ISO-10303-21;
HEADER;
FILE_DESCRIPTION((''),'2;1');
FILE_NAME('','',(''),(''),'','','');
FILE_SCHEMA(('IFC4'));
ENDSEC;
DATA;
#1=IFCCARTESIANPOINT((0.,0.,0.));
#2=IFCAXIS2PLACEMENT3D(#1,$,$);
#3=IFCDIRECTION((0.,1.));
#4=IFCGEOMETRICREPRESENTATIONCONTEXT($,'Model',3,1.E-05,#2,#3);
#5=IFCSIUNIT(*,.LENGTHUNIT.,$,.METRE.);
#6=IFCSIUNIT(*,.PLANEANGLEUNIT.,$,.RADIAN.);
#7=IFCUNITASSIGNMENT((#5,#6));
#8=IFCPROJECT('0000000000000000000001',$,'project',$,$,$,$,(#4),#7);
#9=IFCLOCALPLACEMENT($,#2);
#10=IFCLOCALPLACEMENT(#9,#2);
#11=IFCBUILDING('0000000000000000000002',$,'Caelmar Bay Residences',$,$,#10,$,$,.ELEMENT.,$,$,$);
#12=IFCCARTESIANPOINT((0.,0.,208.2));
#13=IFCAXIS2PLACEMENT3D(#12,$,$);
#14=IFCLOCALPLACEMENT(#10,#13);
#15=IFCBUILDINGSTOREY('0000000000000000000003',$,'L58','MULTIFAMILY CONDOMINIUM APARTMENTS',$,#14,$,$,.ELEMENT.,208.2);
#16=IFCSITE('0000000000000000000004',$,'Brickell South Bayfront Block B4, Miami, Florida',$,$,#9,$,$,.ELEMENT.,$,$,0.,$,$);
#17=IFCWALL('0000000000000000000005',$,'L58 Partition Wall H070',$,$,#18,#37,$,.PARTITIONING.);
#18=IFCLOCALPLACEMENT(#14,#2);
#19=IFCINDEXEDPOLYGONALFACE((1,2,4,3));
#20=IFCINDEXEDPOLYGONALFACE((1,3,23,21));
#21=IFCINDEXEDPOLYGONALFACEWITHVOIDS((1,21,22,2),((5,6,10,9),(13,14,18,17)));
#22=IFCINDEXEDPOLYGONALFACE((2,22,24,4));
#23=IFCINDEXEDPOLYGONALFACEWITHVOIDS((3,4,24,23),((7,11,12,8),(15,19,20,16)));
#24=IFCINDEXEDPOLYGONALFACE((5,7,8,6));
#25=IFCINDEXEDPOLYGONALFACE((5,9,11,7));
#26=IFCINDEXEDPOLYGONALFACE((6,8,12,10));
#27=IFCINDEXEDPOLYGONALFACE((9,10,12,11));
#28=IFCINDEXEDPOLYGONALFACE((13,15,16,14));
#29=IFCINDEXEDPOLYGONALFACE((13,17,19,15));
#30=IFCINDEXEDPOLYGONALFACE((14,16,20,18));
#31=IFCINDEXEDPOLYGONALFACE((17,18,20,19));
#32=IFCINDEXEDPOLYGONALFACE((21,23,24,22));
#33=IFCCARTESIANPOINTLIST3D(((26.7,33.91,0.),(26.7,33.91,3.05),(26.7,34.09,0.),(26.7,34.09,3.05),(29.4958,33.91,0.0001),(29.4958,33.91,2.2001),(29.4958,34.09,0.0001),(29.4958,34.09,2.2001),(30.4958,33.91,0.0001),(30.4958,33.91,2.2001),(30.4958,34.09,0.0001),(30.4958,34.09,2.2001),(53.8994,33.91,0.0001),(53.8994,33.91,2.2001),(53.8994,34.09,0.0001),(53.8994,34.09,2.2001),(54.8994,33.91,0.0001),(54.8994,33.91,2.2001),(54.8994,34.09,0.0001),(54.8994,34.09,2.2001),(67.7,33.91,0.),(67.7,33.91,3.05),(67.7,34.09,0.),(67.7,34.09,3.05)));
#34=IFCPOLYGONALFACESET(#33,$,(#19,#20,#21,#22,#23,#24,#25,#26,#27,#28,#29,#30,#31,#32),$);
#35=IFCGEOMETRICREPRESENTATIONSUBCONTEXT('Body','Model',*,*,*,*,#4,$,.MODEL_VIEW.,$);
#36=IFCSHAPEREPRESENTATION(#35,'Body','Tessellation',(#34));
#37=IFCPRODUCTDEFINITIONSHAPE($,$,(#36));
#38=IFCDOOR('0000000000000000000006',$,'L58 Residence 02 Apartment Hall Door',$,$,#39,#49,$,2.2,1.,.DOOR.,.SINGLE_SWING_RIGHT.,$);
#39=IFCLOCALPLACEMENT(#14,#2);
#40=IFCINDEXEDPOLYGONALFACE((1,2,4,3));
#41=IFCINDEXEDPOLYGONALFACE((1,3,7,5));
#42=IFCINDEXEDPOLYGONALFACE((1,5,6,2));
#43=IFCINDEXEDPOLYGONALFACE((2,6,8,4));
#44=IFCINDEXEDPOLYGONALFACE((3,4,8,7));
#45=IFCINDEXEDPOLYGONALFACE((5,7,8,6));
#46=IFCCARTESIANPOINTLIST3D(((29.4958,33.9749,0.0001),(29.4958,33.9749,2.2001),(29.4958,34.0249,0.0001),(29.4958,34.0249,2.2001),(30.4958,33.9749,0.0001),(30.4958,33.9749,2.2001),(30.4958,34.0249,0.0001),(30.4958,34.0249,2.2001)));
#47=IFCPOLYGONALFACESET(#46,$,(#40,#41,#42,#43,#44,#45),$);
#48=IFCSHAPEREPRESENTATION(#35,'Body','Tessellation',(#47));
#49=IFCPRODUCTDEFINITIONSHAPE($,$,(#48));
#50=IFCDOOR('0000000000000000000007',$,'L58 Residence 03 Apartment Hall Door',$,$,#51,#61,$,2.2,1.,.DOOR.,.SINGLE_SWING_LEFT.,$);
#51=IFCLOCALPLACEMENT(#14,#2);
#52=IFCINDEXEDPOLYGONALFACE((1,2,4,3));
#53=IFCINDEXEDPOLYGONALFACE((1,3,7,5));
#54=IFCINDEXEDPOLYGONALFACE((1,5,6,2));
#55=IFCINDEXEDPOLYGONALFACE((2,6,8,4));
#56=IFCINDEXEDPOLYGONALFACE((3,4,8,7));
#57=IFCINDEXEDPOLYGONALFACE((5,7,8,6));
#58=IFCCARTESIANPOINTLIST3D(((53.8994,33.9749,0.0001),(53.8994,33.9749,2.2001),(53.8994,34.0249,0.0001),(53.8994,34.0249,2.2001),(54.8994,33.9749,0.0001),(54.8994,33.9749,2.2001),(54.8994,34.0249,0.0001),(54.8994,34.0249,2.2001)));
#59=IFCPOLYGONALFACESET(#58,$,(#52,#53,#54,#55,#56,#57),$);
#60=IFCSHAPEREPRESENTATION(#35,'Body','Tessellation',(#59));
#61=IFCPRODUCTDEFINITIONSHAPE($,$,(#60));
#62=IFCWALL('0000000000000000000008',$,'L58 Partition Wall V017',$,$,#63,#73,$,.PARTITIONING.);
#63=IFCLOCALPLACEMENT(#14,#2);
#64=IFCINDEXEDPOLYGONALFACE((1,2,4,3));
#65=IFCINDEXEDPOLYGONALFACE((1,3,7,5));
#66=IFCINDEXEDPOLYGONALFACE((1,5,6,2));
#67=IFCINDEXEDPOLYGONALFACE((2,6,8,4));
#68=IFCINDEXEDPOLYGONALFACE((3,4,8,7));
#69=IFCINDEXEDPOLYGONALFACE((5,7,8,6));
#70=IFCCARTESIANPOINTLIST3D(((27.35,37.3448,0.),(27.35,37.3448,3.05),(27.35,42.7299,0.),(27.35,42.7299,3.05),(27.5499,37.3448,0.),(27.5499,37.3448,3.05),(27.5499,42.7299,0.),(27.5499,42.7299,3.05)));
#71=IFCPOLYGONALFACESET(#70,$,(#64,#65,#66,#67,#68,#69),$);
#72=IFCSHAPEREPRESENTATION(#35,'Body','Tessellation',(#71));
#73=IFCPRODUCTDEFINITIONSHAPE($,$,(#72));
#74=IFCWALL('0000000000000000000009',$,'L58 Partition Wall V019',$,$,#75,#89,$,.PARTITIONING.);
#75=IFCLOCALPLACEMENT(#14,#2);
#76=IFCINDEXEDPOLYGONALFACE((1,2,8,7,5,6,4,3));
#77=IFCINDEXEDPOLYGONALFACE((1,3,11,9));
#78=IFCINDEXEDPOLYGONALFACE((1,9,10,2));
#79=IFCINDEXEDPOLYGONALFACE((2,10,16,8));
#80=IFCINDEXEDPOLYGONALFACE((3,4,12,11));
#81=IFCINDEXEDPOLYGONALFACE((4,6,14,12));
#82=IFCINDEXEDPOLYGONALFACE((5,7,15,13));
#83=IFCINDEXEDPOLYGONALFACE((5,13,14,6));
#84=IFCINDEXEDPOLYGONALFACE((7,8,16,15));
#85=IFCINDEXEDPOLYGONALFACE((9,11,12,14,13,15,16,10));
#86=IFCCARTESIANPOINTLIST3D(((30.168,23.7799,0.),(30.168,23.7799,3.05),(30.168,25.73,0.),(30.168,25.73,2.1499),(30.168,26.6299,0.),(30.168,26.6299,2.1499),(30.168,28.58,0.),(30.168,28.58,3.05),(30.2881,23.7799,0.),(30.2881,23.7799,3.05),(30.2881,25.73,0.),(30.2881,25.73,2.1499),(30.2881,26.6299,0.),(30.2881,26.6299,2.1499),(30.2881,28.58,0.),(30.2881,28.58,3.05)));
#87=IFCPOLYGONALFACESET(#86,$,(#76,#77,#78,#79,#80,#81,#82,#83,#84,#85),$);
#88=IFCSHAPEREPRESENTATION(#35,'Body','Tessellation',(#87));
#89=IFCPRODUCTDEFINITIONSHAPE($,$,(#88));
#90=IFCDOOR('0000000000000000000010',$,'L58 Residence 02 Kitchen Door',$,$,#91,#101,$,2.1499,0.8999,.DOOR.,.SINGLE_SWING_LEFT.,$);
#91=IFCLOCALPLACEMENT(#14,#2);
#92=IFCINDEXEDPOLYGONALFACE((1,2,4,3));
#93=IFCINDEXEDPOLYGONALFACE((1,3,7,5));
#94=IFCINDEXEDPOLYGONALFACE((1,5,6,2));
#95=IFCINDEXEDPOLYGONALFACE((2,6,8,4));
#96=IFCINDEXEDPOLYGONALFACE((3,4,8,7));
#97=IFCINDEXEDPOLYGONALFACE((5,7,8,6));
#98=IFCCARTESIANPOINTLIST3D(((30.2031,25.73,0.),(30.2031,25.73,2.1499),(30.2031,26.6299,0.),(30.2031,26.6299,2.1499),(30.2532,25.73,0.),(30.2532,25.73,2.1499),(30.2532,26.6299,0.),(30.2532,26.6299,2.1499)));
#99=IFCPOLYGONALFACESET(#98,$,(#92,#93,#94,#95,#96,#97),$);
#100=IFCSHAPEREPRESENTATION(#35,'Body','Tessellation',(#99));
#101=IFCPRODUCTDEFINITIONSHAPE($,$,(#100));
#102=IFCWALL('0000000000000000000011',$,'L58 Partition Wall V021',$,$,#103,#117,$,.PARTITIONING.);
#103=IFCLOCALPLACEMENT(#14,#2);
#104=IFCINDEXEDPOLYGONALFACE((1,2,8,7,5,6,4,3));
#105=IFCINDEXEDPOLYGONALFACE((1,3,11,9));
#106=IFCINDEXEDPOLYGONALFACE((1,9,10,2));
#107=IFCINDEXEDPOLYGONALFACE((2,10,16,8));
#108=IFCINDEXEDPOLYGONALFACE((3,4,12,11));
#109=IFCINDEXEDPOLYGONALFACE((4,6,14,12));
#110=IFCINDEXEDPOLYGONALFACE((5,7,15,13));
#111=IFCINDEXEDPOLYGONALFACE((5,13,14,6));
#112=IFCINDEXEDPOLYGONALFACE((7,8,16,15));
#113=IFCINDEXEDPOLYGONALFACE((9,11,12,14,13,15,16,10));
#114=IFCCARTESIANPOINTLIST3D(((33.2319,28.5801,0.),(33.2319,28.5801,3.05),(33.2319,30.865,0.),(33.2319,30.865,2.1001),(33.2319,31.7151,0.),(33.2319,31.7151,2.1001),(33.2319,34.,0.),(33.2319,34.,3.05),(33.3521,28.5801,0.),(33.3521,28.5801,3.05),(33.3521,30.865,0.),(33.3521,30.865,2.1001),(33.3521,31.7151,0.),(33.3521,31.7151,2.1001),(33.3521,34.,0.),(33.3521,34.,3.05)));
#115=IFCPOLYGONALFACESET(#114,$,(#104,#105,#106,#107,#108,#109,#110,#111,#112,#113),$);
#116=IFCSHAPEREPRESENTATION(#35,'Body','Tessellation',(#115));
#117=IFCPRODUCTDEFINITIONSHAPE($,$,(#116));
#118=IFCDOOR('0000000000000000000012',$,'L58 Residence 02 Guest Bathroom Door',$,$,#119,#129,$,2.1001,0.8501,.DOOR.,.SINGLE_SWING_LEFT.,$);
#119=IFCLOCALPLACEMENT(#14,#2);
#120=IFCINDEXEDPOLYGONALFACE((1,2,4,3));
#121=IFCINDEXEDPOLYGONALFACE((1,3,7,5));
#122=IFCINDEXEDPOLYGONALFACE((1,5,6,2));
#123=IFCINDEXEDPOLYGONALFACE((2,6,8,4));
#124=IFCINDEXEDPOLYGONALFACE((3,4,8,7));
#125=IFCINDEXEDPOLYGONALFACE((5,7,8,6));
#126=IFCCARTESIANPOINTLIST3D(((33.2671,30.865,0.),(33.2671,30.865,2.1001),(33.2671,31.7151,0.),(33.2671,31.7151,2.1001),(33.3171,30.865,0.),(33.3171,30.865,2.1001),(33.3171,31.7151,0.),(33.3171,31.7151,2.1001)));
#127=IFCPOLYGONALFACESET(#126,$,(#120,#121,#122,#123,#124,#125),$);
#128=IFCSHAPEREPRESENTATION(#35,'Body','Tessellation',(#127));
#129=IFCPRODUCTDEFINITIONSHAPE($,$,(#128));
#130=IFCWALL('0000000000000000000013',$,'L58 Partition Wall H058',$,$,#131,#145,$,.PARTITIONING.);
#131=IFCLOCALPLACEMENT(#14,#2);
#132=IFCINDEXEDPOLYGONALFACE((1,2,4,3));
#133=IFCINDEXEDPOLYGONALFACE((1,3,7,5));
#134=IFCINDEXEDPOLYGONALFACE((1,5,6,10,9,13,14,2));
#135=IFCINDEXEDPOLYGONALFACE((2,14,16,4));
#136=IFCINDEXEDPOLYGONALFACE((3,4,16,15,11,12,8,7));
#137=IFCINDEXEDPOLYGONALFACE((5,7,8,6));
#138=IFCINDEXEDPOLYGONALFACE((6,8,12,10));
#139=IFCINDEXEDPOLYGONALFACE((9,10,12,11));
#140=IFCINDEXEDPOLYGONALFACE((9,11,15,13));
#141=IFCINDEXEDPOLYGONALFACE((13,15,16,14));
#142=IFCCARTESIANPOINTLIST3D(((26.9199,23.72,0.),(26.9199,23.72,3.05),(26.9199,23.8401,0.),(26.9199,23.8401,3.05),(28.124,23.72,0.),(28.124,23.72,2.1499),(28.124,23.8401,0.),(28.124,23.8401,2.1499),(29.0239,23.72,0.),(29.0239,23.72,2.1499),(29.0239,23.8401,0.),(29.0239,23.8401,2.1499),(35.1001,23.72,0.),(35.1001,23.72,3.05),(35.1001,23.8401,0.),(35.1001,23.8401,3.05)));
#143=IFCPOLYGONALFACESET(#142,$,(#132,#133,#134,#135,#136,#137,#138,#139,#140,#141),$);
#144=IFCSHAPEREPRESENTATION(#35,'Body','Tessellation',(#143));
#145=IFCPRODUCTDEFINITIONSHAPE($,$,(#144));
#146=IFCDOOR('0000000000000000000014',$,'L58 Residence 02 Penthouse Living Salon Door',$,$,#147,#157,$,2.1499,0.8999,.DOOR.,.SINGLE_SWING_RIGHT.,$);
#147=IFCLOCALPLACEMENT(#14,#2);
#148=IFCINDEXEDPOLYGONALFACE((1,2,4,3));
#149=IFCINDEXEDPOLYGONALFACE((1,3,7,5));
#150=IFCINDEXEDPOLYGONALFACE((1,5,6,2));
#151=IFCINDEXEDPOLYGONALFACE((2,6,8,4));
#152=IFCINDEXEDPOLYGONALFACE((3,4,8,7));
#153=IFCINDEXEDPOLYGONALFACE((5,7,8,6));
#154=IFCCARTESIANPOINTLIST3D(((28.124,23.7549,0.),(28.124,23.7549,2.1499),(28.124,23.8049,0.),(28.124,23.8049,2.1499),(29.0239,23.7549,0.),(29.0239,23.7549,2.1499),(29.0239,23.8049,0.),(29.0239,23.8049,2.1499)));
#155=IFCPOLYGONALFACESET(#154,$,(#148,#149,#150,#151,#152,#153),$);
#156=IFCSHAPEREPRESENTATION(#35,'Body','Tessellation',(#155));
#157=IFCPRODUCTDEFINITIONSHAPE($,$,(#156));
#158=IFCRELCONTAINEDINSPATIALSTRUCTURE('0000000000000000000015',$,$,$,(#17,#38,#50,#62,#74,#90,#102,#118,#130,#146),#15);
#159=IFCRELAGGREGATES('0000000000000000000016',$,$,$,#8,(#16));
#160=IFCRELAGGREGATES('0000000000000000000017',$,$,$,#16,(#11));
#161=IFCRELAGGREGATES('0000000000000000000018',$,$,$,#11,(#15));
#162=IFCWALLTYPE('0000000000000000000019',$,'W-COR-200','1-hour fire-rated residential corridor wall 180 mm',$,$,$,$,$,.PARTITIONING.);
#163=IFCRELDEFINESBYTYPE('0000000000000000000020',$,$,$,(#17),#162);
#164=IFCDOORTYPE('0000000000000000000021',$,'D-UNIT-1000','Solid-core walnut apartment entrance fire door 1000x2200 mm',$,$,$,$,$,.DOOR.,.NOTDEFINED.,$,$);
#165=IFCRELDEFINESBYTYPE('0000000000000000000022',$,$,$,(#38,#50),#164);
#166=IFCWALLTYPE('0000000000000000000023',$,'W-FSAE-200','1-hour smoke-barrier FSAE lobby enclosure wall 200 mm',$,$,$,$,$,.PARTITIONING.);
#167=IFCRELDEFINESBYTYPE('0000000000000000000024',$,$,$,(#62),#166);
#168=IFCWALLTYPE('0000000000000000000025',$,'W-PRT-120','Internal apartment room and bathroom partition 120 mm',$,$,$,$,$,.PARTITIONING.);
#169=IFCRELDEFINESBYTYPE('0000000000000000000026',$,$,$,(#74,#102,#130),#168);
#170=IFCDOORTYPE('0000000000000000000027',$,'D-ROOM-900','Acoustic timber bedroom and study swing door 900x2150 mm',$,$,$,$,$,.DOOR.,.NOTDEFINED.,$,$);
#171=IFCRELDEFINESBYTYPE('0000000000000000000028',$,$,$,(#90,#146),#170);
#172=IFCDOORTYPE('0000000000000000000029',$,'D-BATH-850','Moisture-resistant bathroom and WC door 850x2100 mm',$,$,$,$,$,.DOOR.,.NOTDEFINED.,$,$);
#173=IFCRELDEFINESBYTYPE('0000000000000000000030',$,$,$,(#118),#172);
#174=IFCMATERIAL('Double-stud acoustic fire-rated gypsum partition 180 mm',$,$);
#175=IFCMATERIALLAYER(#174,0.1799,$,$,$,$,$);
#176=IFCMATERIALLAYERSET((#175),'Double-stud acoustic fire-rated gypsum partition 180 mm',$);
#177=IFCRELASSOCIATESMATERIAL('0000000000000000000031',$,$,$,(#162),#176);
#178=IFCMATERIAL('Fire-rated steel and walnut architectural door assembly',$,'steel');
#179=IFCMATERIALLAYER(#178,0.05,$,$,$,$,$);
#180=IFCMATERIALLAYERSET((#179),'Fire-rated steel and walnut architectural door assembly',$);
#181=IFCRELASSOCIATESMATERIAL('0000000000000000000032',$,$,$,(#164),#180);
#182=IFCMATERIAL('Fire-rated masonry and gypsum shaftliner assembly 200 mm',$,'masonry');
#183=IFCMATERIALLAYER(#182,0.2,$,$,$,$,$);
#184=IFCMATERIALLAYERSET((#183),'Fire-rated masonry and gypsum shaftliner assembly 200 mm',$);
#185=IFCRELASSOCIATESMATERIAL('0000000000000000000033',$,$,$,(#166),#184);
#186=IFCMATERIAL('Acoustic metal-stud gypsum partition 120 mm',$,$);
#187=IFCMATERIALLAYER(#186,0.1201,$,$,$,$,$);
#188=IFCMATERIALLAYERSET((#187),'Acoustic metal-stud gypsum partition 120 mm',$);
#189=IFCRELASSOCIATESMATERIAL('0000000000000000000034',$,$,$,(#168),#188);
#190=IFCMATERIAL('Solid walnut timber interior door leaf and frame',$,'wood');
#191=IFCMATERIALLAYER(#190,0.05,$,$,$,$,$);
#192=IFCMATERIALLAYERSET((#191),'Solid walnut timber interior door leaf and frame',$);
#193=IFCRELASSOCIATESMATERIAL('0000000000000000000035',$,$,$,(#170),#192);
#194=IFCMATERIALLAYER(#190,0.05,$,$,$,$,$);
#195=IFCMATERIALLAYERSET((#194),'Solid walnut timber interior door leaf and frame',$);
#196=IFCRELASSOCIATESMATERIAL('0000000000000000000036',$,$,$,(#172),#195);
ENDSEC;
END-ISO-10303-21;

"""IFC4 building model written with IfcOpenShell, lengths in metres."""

from ifc_helpers import new_model, si_unit, direction, frame, frame_2d, origin, place, context, subcontext, project, spatial, rectangle, extrude, material, layer, layer_set, type_object, element, fill, save


model = new_model("IFC4")

# Units and contexts
model_context = context("Model", 3, precision=1e-05, world=origin(), true_north=direction((0.0, 1.0)))
body_context = subcontext(model_context, "Body", "Model", "MODEL_VIEW")
ifc_project = project(units=[si_unit("LENGTHUNIT", "METRE"), si_unit("PLANEANGLEUNIT", "RADIAN")], contexts=[model_context])

# Site, building, storey
site_placement = place(None, origin())
site = spatial("IfcSite", under=ifc_project, at=site_placement, Name="Brickell South Bayfront Block B4, Miami, Florida", CompositionType="ELEMENT", RefElevation=0.0)
building_placement = place(site_placement, origin())
building = spatial("IfcBuilding", under=site, at=building_placement, Name="Caelmar Bay Residences", CompositionType="ELEMENT")
storey_placement = place(building_placement, frame((0.0, 0.0, 208.2)))
storey = spatial("IfcBuildingStorey", under=building, at=storey_placement, Name="L58", Description="MULTIFAMILY CONDOMINIUM APARTMENTS", CompositionType="ELEMENT", Elevation=208.2)

# Wall, openings, doors
ifc_material_1 = material(Name="Double-stud acoustic fire-rated gypsum partition 180 mm")
ifc_layer_1 = layer(ifc_material_1, 0.1799)
ifc_layer_set_1 = layer_set([ifc_layer_1], Name="Double-stud acoustic fire-rated gypsum partition 180 mm")
wall_type_1 = type_object("IfcWallType", Name="W-COR-200", Description="1-hour fire-rated residential corridor wall 180 mm", PredefinedType="PARTITIONING", material=ifc_layer_set_1)
wall_1_placement = place(storey_placement, frame((26.7, 34.0, 0.0), z_axis=(0.0, 0.0, 1.0), x_axis=(1.0, 0.0, 0.0)))
wall_1 = element("IfcWall", 1, at=wall_1_placement, inside=storey, type_object=wall_type_1, Name="L58 Partition Wall H070", PredefinedType="PARTITIONING", context=body_context, shape_type="SweptSolid", body=[
    extrude(rectangle(XDim=41.0, YDim=0.1799, at=frame_2d((20.5, 0.0))), origin(), (0.0, 0.0, 1.0), 3.05),
])
opening_1_placement = place(wall_1_placement, frame((2.7959, 0.0, 0.0)))
opening_1 = element("IfcOpeningElement", 2, at=opening_1_placement, cuts=wall_1, PredefinedType="OPENING", context=body_context, shape_type="SweptSolid", body=[
    extrude(rectangle(XDim=1.0, YDim=2.2, at=frame_2d((0.5, 1.1001))), frame((0.0, 0.0999, 0.0), z_axis=(0.0, -1.0, 0.0), x_axis=(1.0, 0.0, 0.0)), (0.0, 0.0, 1.0), 0.2),
])
opening_2_placement = place(wall_1_placement, frame((27.1995, 0.0, 0.0)))
opening_2 = element("IfcOpeningElement", 3, at=opening_2_placement, cuts=wall_1, PredefinedType="OPENING", context=body_context, shape_type="SweptSolid", body=[
    extrude(rectangle(XDim=1.0, YDim=2.2, at=frame_2d((0.5, 1.1001))), frame((0.0, 0.0999, 0.0), z_axis=(0.0, -1.0, 0.0), x_axis=(1.0, 0.0, 0.0)), (0.0, 0.0, 1.0), 0.2),
])
ifc_material_2 = material(Name="Fire-rated steel and walnut architectural door assembly", Category="steel")
ifc_layer_2 = layer(ifc_material_2, 0.05)
ifc_layer_set_2 = layer_set([ifc_layer_2], Name="Fire-rated steel and walnut architectural door assembly")
door_type_1 = type_object("IfcDoorType", Name="D-UNIT-1000", Description="Solid-core walnut apartment entrance fire door 1000x2200 mm", OperationType="NOTDEFINED", PredefinedType="DOOR", material=ifc_layer_set_2)
door_1_placement = place(opening_1_placement, origin())
door_1 = element("IfcDoor", 4, at=door_1_placement, inside=storey, type_object=door_type_1, Name="L58 Residence 02 Apartment Hall Door", OperationType="SINGLE_SWING_RIGHT", OverallHeight=2.2, OverallWidth=1.0, PredefinedType="DOOR", context=body_context, shape_type="SweptSolid", body=[
    extrude(rectangle(XDim=1.0, YDim=2.2, at=frame_2d((0.5, 1.1001))), frame((0.0, 0.0249, 0.0), z_axis=(0.0, -1.0, 0.0), x_axis=(1.0, 0.0, 0.0)), (0.0, 0.0, 1.0), 0.05),
])
fill(opening_1, door_1)
door_2_placement = place(opening_2_placement, origin())
door_2 = element("IfcDoor", 5, at=door_2_placement, inside=storey, type_object=door_type_1, Name="L58 Residence 03 Apartment Hall Door", OperationType="SINGLE_SWING_LEFT", OverallHeight=2.2, OverallWidth=1.0, PredefinedType="DOOR", context=body_context, shape_type="SweptSolid", body=[
    extrude(rectangle(XDim=1.0, YDim=2.2, at=frame_2d((0.5, 1.1001))), frame((0.0, 0.0249, 0.0), z_axis=(0.0, -1.0, 0.0), x_axis=(1.0, 0.0, 0.0)), (0.0, 0.0, 1.0), 0.05),
])
fill(opening_2, door_2)

# Wall
ifc_material_3 = material(Name="Fire-rated masonry and gypsum shaftliner assembly 200 mm", Category="masonry")
ifc_layer_3 = layer(ifc_material_3, 0.2)
ifc_layer_set_3 = layer_set([ifc_layer_3], Name="Fire-rated masonry and gypsum shaftliner assembly 200 mm")
wall_type_2 = type_object("IfcWallType", Name="W-FSAE-200", Description="1-hour smoke-barrier FSAE lobby enclosure wall 200 mm", PredefinedType="PARTITIONING", material=ifc_layer_set_3)
wall_2_placement = place(storey_placement, frame((27.45, 37.345, 0.0), z_axis=(0.0, 0.0, 1.0), x_axis=(0.0, 1.0, 0.0)))
element("IfcWall", 6, at=wall_2_placement, inside=storey, type_object=wall_type_2, Name="L58 Partition Wall V017", PredefinedType="PARTITIONING", context=body_context, shape_type="SweptSolid", body=[
    extrude(rectangle(XDim=5.385, YDim=0.2, at=frame_2d((2.6924, 0.0))), origin(), (0.0, 0.0, 1.0), 3.05),
])

# Walls, openings, doors
ifc_material_4 = material(Name="Acoustic metal-stud gypsum partition 120 mm")
ifc_layer_4 = layer(ifc_material_4, 0.1201)
ifc_layer_set_4 = layer_set([ifc_layer_4], Name="Acoustic metal-stud gypsum partition 120 mm")
wall_type_3 = type_object("IfcWallType", Name="W-PRT-120", Description="Internal apartment room and bathroom partition 120 mm", PredefinedType="PARTITIONING", material=ifc_layer_set_4)
wall_3_placement = place(storey_placement, frame((30.228, 23.78, 0.0), z_axis=(0.0, 0.0, 1.0), x_axis=(0.0, 1.0, 0.0)))
wall_3 = element("IfcWall", 7, at=wall_3_placement, inside=storey, type_object=wall_type_3, Name="L58 Partition Wall V019", PredefinedType="PARTITIONING", context=body_context, shape_type="SweptSolid", body=[
    extrude(rectangle(XDim=4.8, YDim=0.1201, at=frame_2d((2.3999, 0.0))), origin(), (0.0, 0.0, 1.0), 3.05),
])
opening_3_placement = place(wall_3_placement, frame((1.95, 0.0, 0.0)))
opening_3 = element("IfcOpeningElement", 8, at=opening_3_placement, cuts=wall_3, PredefinedType="OPENING", context=body_context, shape_type="SweptSolid", body=[
    extrude(rectangle(XDim=0.8999, YDim=2.1499, at=frame_2d((0.45, 1.075))), frame((0.0, 0.0701, 0.0), z_axis=(0.0, -1.0, 0.0), x_axis=(1.0, 0.0, 0.0)), (0.0, 0.0, 1.0), 0.1401),
])
ifc_material_5 = material(Name="Solid walnut timber interior door leaf and frame", Category="wood")
ifc_layer_5 = layer(ifc_material_5, 0.05)
ifc_layer_set_5 = layer_set([ifc_layer_5], Name="Solid walnut timber interior door leaf and frame")
door_type_2 = type_object("IfcDoorType", Name="D-ROOM-900", Description="Acoustic timber bedroom and study swing door 900x2150 mm", OperationType="NOTDEFINED", PredefinedType="DOOR", material=ifc_layer_set_5)
door_3_placement = place(opening_3_placement, origin())
door_3 = element("IfcDoor", 9, at=door_3_placement, inside=storey, type_object=door_type_2, Name="L58 Residence 02 Kitchen Door", OperationType="SINGLE_SWING_LEFT", OverallHeight=2.1499, OverallWidth=0.8999, PredefinedType="DOOR", context=body_context, shape_type="SweptSolid", body=[
    extrude(rectangle(XDim=0.8999, YDim=2.1499, at=frame_2d((0.45, 1.075))), frame((0.0, 0.0249, 0.0), z_axis=(0.0, -1.0, 0.0), x_axis=(1.0, 0.0, 0.0)), (0.0, 0.0, 1.0), 0.05),
])
fill(opening_3, door_3)
wall_4_placement = place(storey_placement, frame((33.292, 28.5801, 0.0), z_axis=(0.0, 0.0, 1.0), x_axis=(0.0, 1.0, 0.0)))
wall_4 = element("IfcWall", 10, at=wall_4_placement, inside=storey, type_object=wall_type_3, Name="L58 Partition Wall V021", PredefinedType="PARTITIONING", context=body_context, shape_type="SweptSolid", body=[
    extrude(rectangle(XDim=5.4199, YDim=0.1201, at=frame_2d((2.71, 0.0))), origin(), (0.0, 0.0, 1.0), 3.05),
])
opening_4_placement = place(wall_4_placement, frame((2.2849, 0.0, 0.0)))
opening_4 = element("IfcOpeningElement", 11, at=opening_4_placement, cuts=wall_4, PredefinedType="OPENING", context=body_context, shape_type="SweptSolid", body=[
    extrude(rectangle(XDim=0.8501, YDim=2.1001, at=frame_2d((0.425, 1.05))), frame((0.0, 0.0701, 0.0), z_axis=(0.0, -1.0, 0.0), x_axis=(1.0, 0.0, 0.0)), (0.0, 0.0, 1.0), 0.1401),
])
ifc_layer_6 = layer(ifc_material_5, 0.05)
ifc_layer_set_6 = layer_set([ifc_layer_6], Name="Solid walnut timber interior door leaf and frame")
door_type_3 = type_object("IfcDoorType", Name="D-BATH-850", Description="Moisture-resistant bathroom and WC door 850x2100 mm", OperationType="NOTDEFINED", PredefinedType="DOOR", material=ifc_layer_set_6)
door_4_placement = place(opening_4_placement, origin())
door_4 = element("IfcDoor", 12, at=door_4_placement, inside=storey, type_object=door_type_3, Name="L58 Residence 02 Guest Bathroom Door", OperationType="SINGLE_SWING_LEFT", OverallHeight=2.1001, OverallWidth=0.8501, PredefinedType="DOOR", context=body_context, shape_type="SweptSolid", body=[
    extrude(rectangle(XDim=0.8501, YDim=2.1001, at=frame_2d((0.425, 1.05))), frame((0.0, 0.0249, 0.0), z_axis=(0.0, -1.0, 0.0), x_axis=(1.0, 0.0, 0.0)), (0.0, 0.0, 1.0), 0.05),
])
fill(opening_4, door_4)
wall_5_placement = place(storey_placement, frame((26.9199, 23.78, 0.0), z_axis=(0.0, 0.0, 1.0), x_axis=(1.0, 0.0, 0.0)))
wall_5 = element("IfcWall", 13, at=wall_5_placement, inside=storey, type_object=wall_type_3, Name="L58 Partition Wall H058", PredefinedType="PARTITIONING", context=body_context, shape_type="SweptSolid", body=[
    extrude(rectangle(XDim=8.1802, YDim=0.1201, at=frame_2d((4.0901, 0.0))), origin(), (0.0, 0.0, 1.0), 3.05),
])
opening_5_placement = place(wall_5_placement, frame((1.2041, 0.0, 0.0)))
opening_5 = element("IfcOpeningElement", 14, at=opening_5_placement, cuts=wall_5, PredefinedType="OPENING", context=body_context, shape_type="SweptSolid", body=[
    extrude(rectangle(XDim=0.8999, YDim=2.1499, at=frame_2d((0.45, 1.075))), frame((0.0, 0.0701, 0.0), z_axis=(0.0, -1.0, 0.0), x_axis=(1.0, 0.0, 0.0)), (0.0, 0.0, 1.0), 0.1401),
])
door_5_placement = place(opening_5_placement, origin())
door_5 = element("IfcDoor", 15, at=door_5_placement, inside=storey, type_object=door_type_2, Name="L58 Residence 02 Penthouse Living Salon Door", OperationType="SINGLE_SWING_RIGHT", OverallHeight=2.1499, OverallWidth=0.8999, PredefinedType="DOOR", context=body_context, shape_type="SweptSolid", body=[
    extrude(rectangle(XDim=0.8999, YDim=2.1499, at=frame_2d((0.45, 1.075))), frame((0.0, 0.0249, 0.0), z_axis=(0.0, -1.0, 0.0), x_axis=(1.0, 0.0, 0.0)), (0.0, 0.0, 1.0), 0.05),
])
fill(opening_5, door_5)

save(model, "model.ifc")
